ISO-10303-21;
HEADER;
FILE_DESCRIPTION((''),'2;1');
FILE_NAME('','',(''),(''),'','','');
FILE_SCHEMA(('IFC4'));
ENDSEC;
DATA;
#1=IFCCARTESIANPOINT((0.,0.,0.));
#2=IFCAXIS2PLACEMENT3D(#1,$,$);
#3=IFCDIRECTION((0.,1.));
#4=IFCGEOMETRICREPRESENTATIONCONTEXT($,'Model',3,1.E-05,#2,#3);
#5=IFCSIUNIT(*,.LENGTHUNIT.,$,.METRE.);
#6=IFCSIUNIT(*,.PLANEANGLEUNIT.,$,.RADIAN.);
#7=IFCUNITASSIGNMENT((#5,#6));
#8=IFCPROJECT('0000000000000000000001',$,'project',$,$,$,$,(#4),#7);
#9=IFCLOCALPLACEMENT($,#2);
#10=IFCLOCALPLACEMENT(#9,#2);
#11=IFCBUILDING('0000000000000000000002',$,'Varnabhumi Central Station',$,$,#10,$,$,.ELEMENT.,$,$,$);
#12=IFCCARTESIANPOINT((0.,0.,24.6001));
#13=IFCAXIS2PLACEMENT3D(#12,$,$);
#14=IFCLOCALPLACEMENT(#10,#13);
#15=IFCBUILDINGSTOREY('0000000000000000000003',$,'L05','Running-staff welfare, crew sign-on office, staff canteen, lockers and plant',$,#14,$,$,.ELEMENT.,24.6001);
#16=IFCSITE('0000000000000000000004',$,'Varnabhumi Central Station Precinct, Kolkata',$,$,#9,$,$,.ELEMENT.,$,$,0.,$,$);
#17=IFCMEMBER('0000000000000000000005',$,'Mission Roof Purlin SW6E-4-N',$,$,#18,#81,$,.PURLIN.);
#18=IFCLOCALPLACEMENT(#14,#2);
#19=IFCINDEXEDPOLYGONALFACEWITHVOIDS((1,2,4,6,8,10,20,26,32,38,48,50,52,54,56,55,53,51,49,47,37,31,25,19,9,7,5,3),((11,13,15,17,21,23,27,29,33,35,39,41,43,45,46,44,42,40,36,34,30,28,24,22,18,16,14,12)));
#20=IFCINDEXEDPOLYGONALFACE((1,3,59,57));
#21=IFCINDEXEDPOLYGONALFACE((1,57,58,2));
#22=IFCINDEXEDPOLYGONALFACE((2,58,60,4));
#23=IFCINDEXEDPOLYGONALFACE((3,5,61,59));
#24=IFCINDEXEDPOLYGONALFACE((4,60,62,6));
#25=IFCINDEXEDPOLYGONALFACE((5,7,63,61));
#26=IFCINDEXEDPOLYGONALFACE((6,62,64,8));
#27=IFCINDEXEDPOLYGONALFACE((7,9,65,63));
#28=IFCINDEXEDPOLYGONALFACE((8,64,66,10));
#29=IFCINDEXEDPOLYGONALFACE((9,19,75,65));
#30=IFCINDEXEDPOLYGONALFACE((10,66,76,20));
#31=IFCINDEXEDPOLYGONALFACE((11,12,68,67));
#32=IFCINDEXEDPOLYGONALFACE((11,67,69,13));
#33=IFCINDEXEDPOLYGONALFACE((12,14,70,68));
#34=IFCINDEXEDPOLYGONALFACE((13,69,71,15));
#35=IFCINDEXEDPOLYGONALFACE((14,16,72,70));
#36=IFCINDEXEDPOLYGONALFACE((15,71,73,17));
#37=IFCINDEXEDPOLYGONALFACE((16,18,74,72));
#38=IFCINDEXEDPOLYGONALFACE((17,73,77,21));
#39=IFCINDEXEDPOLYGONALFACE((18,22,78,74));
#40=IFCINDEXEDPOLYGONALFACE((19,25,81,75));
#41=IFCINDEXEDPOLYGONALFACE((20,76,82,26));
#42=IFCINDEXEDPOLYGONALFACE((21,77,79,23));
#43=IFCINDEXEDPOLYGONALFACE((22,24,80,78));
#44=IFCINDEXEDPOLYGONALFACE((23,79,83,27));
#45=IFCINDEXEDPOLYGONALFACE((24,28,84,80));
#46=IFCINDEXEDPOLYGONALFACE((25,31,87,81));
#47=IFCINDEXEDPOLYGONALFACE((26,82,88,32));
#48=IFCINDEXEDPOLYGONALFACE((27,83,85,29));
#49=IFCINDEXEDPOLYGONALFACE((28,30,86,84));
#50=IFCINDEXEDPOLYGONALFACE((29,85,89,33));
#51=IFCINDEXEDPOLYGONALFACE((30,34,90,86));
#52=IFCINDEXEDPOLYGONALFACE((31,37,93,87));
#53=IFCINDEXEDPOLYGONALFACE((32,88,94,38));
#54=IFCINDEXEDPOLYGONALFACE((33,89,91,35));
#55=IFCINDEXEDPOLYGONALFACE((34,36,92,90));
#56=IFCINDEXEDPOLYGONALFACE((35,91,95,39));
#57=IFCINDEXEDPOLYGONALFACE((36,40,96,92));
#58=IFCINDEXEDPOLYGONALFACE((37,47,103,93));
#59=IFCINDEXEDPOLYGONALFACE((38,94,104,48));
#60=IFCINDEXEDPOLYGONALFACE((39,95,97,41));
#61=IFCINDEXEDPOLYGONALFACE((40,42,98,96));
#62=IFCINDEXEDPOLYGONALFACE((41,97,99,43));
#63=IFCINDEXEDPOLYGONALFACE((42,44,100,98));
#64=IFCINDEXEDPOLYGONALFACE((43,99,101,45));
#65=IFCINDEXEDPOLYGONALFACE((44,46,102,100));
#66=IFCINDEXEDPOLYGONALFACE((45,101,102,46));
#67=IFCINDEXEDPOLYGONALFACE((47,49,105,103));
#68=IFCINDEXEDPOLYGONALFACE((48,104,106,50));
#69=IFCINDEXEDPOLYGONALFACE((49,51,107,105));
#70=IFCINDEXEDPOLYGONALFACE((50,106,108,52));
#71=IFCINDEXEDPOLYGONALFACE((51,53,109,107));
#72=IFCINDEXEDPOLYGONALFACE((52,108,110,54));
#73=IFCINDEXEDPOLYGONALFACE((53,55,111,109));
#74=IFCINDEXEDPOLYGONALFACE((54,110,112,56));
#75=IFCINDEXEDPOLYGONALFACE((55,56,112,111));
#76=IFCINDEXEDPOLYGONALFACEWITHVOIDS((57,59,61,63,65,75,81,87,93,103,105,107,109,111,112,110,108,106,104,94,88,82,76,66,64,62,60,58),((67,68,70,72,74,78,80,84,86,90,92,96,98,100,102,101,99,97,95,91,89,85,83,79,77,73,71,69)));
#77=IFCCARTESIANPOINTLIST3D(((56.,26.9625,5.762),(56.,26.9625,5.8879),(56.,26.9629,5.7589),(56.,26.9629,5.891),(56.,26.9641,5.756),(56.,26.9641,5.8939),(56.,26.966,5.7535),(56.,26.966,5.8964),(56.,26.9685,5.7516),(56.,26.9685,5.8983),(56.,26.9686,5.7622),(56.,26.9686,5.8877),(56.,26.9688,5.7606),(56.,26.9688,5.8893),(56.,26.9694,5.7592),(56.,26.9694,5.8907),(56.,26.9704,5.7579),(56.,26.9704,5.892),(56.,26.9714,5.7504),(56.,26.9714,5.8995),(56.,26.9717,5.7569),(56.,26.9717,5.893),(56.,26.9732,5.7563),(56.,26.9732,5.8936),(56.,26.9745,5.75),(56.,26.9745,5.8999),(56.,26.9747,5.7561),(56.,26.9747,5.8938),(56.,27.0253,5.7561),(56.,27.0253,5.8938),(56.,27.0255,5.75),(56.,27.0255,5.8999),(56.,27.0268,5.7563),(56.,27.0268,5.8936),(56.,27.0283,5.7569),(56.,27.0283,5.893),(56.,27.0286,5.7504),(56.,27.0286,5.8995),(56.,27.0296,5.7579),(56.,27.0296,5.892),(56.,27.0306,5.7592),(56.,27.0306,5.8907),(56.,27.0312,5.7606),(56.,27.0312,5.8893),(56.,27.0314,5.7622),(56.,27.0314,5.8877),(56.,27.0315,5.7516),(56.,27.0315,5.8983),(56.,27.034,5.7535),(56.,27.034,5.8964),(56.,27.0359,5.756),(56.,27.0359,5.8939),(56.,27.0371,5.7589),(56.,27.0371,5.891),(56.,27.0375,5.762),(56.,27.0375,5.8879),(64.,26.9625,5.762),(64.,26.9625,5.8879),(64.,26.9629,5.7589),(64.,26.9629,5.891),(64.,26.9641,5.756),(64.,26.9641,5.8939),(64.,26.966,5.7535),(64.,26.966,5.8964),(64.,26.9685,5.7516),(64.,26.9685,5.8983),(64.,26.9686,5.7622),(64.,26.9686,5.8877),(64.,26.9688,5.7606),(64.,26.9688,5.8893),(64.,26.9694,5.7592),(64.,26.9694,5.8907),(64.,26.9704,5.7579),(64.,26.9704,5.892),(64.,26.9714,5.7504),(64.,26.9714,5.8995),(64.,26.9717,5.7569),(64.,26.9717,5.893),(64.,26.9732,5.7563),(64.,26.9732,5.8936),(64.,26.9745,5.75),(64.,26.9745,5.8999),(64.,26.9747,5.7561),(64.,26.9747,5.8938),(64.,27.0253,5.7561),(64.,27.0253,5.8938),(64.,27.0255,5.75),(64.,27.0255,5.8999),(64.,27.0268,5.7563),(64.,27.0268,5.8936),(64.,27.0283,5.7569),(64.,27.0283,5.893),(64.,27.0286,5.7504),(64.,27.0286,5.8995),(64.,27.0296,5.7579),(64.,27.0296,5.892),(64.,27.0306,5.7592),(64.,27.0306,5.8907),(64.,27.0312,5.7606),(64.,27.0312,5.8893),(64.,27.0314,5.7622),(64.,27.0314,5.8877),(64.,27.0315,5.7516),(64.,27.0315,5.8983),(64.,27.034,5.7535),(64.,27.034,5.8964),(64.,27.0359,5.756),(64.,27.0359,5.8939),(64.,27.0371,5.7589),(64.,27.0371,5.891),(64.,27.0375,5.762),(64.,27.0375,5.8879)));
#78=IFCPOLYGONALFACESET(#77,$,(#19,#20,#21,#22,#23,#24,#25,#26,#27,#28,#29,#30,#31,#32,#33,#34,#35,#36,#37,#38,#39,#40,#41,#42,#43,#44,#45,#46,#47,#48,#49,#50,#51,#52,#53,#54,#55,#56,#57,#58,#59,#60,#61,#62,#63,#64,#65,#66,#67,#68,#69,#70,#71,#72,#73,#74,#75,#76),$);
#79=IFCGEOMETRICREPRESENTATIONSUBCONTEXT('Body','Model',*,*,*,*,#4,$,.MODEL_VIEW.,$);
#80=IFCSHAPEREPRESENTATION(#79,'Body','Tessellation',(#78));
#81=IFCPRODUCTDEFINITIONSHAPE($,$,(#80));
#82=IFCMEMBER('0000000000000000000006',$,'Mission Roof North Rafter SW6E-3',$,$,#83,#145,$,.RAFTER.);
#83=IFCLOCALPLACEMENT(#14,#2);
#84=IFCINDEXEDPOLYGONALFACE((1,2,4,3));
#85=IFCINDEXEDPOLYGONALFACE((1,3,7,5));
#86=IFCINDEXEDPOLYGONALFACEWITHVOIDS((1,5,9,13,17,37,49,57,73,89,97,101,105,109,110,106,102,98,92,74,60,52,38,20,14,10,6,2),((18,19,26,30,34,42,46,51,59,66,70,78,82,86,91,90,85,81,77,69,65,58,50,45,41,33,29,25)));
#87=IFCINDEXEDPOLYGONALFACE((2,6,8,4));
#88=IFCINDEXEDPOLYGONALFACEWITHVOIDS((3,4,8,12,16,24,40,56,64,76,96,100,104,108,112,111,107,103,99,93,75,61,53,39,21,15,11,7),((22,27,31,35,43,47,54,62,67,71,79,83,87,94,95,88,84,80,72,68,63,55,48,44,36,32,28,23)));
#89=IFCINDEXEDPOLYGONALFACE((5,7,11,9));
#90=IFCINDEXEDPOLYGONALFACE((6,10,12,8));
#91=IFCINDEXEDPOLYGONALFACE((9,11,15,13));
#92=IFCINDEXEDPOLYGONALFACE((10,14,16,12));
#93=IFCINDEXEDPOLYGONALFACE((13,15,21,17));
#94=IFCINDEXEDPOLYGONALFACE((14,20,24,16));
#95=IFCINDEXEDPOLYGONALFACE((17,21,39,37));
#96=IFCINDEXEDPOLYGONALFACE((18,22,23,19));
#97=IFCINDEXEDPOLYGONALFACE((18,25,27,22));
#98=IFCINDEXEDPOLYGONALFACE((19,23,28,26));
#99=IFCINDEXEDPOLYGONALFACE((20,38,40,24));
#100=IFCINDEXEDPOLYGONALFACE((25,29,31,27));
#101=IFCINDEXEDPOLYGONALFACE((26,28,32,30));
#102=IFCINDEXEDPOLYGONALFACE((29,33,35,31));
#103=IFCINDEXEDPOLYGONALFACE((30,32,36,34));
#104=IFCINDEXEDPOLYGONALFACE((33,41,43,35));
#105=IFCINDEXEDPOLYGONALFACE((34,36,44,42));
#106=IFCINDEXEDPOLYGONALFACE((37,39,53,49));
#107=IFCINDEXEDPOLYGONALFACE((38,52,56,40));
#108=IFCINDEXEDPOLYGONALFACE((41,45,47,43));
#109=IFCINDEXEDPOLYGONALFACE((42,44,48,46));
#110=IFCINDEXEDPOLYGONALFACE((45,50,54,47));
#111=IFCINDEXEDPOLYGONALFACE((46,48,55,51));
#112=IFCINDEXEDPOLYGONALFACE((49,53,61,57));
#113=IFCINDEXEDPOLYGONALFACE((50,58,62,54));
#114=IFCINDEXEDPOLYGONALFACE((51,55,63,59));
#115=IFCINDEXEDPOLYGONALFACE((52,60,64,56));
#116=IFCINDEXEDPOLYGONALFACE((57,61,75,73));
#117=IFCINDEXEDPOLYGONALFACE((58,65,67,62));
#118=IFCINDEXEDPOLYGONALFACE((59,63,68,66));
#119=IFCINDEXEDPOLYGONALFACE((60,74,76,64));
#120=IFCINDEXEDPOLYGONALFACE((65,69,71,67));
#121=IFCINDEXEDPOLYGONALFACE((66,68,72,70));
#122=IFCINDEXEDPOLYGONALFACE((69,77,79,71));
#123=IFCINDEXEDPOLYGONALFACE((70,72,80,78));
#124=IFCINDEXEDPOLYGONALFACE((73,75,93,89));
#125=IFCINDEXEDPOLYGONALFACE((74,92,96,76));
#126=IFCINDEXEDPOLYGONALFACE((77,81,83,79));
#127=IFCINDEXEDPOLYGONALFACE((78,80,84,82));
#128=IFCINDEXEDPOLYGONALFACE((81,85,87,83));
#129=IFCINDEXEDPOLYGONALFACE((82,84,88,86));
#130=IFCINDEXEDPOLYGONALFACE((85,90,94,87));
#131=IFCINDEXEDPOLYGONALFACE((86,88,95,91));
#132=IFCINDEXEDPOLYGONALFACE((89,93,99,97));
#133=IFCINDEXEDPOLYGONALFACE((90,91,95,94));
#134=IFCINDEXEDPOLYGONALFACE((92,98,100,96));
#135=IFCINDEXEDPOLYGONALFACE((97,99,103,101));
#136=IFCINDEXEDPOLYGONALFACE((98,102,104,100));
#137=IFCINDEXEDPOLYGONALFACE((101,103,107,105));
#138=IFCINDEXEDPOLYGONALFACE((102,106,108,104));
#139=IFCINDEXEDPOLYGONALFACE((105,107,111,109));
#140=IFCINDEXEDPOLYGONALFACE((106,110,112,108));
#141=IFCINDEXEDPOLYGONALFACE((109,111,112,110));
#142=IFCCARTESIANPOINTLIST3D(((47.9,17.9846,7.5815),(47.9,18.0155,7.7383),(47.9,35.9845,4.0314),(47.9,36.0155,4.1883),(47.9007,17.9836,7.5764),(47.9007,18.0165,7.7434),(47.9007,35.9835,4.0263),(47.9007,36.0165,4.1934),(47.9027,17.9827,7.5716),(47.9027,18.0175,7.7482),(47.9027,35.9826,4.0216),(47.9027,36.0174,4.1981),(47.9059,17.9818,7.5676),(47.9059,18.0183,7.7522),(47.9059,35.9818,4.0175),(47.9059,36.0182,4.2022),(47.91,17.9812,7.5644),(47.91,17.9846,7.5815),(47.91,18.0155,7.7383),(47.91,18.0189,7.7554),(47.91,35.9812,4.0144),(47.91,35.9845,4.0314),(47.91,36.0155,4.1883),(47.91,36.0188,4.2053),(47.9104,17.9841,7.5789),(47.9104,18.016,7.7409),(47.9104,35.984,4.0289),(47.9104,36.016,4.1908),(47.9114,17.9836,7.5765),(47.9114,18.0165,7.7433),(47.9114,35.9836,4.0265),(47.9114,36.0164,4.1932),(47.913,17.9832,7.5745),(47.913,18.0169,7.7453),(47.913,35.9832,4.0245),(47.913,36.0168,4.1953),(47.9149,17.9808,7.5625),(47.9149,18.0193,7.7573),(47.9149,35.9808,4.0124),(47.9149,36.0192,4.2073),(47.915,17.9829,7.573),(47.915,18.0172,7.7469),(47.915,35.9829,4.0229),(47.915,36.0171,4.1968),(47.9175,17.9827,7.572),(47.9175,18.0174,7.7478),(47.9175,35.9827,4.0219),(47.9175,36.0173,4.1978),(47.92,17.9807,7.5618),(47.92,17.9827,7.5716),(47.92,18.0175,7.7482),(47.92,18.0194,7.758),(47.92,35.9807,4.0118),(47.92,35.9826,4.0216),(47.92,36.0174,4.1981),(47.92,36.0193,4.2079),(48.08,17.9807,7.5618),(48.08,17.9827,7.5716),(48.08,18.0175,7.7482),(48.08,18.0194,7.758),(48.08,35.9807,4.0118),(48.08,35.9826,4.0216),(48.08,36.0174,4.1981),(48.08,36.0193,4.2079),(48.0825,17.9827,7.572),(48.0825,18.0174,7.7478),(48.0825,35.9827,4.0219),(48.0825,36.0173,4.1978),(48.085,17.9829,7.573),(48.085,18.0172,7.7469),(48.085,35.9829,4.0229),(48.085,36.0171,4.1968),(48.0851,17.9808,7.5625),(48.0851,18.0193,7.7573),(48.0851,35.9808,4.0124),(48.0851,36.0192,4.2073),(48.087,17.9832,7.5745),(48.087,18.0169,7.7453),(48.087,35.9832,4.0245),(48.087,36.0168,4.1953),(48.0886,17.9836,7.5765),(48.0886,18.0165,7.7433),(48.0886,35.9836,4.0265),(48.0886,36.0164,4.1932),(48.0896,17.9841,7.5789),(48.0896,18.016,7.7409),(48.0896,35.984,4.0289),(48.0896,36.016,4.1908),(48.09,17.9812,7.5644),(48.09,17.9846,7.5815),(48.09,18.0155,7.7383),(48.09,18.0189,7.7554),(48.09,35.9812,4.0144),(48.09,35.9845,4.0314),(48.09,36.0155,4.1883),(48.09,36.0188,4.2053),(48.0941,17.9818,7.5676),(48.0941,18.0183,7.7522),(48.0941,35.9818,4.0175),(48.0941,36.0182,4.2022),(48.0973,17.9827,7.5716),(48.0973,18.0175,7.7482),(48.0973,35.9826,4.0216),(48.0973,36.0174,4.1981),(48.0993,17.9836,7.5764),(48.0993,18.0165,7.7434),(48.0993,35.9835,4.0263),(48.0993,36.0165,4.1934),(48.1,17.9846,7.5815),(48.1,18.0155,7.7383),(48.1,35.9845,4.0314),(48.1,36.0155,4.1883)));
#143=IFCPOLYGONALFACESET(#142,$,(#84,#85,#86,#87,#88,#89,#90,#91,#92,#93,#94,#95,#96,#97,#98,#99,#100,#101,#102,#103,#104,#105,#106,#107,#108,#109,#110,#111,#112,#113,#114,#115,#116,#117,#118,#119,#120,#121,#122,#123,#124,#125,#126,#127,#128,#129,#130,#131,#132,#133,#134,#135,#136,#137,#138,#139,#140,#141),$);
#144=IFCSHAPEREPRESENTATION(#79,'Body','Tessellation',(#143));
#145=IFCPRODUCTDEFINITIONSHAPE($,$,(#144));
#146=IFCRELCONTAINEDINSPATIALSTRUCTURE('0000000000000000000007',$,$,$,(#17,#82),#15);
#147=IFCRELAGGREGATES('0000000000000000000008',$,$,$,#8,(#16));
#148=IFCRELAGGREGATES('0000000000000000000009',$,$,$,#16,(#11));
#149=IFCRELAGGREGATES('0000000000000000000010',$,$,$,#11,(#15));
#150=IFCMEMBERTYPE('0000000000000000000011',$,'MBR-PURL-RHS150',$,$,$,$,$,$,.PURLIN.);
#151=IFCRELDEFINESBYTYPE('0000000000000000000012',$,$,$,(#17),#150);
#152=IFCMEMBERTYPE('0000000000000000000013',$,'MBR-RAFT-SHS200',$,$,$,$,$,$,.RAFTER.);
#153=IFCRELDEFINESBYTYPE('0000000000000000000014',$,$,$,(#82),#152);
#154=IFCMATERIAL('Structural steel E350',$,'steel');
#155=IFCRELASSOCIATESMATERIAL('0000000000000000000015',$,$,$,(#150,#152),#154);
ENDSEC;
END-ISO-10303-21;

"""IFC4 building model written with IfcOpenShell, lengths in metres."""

from ifc_helpers import new_model, si_unit, direction, frame, origin, origin_2d, place, context, subcontext, project, spatial, hollow_rectangle, extrude, material, material_profile, profile_set, type_object, element, save


model = new_model("IFC4")

# Units and contexts
model_context = context("Model", 3, precision=1e-05, world=origin(), true_north=direction((0.0, 1.0)))
body_context = subcontext(model_context, "Body", "Model", "MODEL_VIEW")
ifc_project = project(units=[si_unit("LENGTHUNIT", "METRE"), si_unit("PLANEANGLEUNIT", "RADIAN")], contexts=[model_context])

# Site, building, storey
site_placement = place(None, origin())
site = spatial("IfcSite", under=ifc_project, at=site_placement, Name="Varnabhumi Central Station Precinct, Kolkata", CompositionType="ELEMENT", RefElevation=0.0)
building_placement = place(site_placement, origin())
building = spatial("IfcBuilding", under=site, at=building_placement, Name="Varnabhumi Central Station", CompositionType="ELEMENT")
storey_placement = place(building_placement, frame((0.0, 0.0, 24.6001)))
storey = spatial("IfcBuildingStorey", under=building, at=storey_placement, Name="L05", Description="Running-staff welfare, crew sign-on office, staff canteen, lockers and plant", CompositionType="ELEMENT", Elevation=24.6001)

# Shared definitions
ifc_material_1 = material(Name="Structural steel E350", Category="steel")

# Members
ifc_material_profile_1 = material_profile(ifc_material_1, hollow_rectangle(XDim=0.075, YDim=0.1499, WallThickness=0.0061, InnerFilletRadius=0.0061, OuterFilletRadius=0.012, at=origin_2d()), Name="Structural steel E350", Category="steel")
ifc_profile_set_1 = profile_set([ifc_material_profile_1], Name="Structural steel E350")
member_type_1 = type_object("IfcMemberType", Name="MBR-PURL-RHS150", PredefinedType="PURLIN", material=ifc_profile_set_1)
for number, where, z_axis, x_axis, name in (
    (1, (56.0, 27.0, 5.825), (1.0, 0.0, 0.0), (0.0, 1.0, 0.0), "Mission Roof Purlin SW6E-4-N"),
):
    element("IfcMember", number, at=place(storey_placement, frame(where, z_axis=z_axis, x_axis=x_axis)), inside=storey, type_object=member_type_1, Name=name, PredefinedType="PURLIN", context=body_context, shape_type="SweptSolid", body=[
        extrude(hollow_rectangle(XDim=0.075, YDim=0.1499, WallThickness=0.0061, InnerFilletRadius=0.0061, OuterFilletRadius=0.012, at=origin_2d()), origin(), (0.0, 0.0, 1.0), 8.0),
    ])
ifc_material_profile_2 = material_profile(ifc_material_1, hollow_rectangle(XDim=0.2, YDim=0.2, WallThickness=0.01, InnerFilletRadius=0.01, OuterFilletRadius=0.02, at=origin_2d()), Name="Structural steel E350", Category="steel")
ifc_profile_set_2 = profile_set([ifc_material_profile_2], Name="Structural steel E350")
member_type_2 = type_object("IfcMemberType", Name="MBR-RAFT-SHS200", PredefinedType="RAFTER", material=ifc_profile_set_2)
for number, where, z_axis, x_axis, name in (
    (2, (48.0, 36.0, 4.1099), (0.0, -0.981101, 0.193498), (1.0, 0.0, 0.0), "Mission Roof North Rafter SW6E-3"),
):
    element("IfcMember", number, at=place(storey_placement, frame(where, z_axis=z_axis, x_axis=x_axis)), inside=storey, type_object=member_type_2, Name=name, PredefinedType="RAFTER", context=body_context, shape_type="SweptSolid", body=[
        extrude(hollow_rectangle(XDim=0.2, YDim=0.2, WallThickness=0.01, InnerFilletRadius=0.01, OuterFilletRadius=0.02, at=origin_2d()), origin(), (0.0, 0.0, 1.0), 18.3467),
    ])

save(model, "model.ifc")
